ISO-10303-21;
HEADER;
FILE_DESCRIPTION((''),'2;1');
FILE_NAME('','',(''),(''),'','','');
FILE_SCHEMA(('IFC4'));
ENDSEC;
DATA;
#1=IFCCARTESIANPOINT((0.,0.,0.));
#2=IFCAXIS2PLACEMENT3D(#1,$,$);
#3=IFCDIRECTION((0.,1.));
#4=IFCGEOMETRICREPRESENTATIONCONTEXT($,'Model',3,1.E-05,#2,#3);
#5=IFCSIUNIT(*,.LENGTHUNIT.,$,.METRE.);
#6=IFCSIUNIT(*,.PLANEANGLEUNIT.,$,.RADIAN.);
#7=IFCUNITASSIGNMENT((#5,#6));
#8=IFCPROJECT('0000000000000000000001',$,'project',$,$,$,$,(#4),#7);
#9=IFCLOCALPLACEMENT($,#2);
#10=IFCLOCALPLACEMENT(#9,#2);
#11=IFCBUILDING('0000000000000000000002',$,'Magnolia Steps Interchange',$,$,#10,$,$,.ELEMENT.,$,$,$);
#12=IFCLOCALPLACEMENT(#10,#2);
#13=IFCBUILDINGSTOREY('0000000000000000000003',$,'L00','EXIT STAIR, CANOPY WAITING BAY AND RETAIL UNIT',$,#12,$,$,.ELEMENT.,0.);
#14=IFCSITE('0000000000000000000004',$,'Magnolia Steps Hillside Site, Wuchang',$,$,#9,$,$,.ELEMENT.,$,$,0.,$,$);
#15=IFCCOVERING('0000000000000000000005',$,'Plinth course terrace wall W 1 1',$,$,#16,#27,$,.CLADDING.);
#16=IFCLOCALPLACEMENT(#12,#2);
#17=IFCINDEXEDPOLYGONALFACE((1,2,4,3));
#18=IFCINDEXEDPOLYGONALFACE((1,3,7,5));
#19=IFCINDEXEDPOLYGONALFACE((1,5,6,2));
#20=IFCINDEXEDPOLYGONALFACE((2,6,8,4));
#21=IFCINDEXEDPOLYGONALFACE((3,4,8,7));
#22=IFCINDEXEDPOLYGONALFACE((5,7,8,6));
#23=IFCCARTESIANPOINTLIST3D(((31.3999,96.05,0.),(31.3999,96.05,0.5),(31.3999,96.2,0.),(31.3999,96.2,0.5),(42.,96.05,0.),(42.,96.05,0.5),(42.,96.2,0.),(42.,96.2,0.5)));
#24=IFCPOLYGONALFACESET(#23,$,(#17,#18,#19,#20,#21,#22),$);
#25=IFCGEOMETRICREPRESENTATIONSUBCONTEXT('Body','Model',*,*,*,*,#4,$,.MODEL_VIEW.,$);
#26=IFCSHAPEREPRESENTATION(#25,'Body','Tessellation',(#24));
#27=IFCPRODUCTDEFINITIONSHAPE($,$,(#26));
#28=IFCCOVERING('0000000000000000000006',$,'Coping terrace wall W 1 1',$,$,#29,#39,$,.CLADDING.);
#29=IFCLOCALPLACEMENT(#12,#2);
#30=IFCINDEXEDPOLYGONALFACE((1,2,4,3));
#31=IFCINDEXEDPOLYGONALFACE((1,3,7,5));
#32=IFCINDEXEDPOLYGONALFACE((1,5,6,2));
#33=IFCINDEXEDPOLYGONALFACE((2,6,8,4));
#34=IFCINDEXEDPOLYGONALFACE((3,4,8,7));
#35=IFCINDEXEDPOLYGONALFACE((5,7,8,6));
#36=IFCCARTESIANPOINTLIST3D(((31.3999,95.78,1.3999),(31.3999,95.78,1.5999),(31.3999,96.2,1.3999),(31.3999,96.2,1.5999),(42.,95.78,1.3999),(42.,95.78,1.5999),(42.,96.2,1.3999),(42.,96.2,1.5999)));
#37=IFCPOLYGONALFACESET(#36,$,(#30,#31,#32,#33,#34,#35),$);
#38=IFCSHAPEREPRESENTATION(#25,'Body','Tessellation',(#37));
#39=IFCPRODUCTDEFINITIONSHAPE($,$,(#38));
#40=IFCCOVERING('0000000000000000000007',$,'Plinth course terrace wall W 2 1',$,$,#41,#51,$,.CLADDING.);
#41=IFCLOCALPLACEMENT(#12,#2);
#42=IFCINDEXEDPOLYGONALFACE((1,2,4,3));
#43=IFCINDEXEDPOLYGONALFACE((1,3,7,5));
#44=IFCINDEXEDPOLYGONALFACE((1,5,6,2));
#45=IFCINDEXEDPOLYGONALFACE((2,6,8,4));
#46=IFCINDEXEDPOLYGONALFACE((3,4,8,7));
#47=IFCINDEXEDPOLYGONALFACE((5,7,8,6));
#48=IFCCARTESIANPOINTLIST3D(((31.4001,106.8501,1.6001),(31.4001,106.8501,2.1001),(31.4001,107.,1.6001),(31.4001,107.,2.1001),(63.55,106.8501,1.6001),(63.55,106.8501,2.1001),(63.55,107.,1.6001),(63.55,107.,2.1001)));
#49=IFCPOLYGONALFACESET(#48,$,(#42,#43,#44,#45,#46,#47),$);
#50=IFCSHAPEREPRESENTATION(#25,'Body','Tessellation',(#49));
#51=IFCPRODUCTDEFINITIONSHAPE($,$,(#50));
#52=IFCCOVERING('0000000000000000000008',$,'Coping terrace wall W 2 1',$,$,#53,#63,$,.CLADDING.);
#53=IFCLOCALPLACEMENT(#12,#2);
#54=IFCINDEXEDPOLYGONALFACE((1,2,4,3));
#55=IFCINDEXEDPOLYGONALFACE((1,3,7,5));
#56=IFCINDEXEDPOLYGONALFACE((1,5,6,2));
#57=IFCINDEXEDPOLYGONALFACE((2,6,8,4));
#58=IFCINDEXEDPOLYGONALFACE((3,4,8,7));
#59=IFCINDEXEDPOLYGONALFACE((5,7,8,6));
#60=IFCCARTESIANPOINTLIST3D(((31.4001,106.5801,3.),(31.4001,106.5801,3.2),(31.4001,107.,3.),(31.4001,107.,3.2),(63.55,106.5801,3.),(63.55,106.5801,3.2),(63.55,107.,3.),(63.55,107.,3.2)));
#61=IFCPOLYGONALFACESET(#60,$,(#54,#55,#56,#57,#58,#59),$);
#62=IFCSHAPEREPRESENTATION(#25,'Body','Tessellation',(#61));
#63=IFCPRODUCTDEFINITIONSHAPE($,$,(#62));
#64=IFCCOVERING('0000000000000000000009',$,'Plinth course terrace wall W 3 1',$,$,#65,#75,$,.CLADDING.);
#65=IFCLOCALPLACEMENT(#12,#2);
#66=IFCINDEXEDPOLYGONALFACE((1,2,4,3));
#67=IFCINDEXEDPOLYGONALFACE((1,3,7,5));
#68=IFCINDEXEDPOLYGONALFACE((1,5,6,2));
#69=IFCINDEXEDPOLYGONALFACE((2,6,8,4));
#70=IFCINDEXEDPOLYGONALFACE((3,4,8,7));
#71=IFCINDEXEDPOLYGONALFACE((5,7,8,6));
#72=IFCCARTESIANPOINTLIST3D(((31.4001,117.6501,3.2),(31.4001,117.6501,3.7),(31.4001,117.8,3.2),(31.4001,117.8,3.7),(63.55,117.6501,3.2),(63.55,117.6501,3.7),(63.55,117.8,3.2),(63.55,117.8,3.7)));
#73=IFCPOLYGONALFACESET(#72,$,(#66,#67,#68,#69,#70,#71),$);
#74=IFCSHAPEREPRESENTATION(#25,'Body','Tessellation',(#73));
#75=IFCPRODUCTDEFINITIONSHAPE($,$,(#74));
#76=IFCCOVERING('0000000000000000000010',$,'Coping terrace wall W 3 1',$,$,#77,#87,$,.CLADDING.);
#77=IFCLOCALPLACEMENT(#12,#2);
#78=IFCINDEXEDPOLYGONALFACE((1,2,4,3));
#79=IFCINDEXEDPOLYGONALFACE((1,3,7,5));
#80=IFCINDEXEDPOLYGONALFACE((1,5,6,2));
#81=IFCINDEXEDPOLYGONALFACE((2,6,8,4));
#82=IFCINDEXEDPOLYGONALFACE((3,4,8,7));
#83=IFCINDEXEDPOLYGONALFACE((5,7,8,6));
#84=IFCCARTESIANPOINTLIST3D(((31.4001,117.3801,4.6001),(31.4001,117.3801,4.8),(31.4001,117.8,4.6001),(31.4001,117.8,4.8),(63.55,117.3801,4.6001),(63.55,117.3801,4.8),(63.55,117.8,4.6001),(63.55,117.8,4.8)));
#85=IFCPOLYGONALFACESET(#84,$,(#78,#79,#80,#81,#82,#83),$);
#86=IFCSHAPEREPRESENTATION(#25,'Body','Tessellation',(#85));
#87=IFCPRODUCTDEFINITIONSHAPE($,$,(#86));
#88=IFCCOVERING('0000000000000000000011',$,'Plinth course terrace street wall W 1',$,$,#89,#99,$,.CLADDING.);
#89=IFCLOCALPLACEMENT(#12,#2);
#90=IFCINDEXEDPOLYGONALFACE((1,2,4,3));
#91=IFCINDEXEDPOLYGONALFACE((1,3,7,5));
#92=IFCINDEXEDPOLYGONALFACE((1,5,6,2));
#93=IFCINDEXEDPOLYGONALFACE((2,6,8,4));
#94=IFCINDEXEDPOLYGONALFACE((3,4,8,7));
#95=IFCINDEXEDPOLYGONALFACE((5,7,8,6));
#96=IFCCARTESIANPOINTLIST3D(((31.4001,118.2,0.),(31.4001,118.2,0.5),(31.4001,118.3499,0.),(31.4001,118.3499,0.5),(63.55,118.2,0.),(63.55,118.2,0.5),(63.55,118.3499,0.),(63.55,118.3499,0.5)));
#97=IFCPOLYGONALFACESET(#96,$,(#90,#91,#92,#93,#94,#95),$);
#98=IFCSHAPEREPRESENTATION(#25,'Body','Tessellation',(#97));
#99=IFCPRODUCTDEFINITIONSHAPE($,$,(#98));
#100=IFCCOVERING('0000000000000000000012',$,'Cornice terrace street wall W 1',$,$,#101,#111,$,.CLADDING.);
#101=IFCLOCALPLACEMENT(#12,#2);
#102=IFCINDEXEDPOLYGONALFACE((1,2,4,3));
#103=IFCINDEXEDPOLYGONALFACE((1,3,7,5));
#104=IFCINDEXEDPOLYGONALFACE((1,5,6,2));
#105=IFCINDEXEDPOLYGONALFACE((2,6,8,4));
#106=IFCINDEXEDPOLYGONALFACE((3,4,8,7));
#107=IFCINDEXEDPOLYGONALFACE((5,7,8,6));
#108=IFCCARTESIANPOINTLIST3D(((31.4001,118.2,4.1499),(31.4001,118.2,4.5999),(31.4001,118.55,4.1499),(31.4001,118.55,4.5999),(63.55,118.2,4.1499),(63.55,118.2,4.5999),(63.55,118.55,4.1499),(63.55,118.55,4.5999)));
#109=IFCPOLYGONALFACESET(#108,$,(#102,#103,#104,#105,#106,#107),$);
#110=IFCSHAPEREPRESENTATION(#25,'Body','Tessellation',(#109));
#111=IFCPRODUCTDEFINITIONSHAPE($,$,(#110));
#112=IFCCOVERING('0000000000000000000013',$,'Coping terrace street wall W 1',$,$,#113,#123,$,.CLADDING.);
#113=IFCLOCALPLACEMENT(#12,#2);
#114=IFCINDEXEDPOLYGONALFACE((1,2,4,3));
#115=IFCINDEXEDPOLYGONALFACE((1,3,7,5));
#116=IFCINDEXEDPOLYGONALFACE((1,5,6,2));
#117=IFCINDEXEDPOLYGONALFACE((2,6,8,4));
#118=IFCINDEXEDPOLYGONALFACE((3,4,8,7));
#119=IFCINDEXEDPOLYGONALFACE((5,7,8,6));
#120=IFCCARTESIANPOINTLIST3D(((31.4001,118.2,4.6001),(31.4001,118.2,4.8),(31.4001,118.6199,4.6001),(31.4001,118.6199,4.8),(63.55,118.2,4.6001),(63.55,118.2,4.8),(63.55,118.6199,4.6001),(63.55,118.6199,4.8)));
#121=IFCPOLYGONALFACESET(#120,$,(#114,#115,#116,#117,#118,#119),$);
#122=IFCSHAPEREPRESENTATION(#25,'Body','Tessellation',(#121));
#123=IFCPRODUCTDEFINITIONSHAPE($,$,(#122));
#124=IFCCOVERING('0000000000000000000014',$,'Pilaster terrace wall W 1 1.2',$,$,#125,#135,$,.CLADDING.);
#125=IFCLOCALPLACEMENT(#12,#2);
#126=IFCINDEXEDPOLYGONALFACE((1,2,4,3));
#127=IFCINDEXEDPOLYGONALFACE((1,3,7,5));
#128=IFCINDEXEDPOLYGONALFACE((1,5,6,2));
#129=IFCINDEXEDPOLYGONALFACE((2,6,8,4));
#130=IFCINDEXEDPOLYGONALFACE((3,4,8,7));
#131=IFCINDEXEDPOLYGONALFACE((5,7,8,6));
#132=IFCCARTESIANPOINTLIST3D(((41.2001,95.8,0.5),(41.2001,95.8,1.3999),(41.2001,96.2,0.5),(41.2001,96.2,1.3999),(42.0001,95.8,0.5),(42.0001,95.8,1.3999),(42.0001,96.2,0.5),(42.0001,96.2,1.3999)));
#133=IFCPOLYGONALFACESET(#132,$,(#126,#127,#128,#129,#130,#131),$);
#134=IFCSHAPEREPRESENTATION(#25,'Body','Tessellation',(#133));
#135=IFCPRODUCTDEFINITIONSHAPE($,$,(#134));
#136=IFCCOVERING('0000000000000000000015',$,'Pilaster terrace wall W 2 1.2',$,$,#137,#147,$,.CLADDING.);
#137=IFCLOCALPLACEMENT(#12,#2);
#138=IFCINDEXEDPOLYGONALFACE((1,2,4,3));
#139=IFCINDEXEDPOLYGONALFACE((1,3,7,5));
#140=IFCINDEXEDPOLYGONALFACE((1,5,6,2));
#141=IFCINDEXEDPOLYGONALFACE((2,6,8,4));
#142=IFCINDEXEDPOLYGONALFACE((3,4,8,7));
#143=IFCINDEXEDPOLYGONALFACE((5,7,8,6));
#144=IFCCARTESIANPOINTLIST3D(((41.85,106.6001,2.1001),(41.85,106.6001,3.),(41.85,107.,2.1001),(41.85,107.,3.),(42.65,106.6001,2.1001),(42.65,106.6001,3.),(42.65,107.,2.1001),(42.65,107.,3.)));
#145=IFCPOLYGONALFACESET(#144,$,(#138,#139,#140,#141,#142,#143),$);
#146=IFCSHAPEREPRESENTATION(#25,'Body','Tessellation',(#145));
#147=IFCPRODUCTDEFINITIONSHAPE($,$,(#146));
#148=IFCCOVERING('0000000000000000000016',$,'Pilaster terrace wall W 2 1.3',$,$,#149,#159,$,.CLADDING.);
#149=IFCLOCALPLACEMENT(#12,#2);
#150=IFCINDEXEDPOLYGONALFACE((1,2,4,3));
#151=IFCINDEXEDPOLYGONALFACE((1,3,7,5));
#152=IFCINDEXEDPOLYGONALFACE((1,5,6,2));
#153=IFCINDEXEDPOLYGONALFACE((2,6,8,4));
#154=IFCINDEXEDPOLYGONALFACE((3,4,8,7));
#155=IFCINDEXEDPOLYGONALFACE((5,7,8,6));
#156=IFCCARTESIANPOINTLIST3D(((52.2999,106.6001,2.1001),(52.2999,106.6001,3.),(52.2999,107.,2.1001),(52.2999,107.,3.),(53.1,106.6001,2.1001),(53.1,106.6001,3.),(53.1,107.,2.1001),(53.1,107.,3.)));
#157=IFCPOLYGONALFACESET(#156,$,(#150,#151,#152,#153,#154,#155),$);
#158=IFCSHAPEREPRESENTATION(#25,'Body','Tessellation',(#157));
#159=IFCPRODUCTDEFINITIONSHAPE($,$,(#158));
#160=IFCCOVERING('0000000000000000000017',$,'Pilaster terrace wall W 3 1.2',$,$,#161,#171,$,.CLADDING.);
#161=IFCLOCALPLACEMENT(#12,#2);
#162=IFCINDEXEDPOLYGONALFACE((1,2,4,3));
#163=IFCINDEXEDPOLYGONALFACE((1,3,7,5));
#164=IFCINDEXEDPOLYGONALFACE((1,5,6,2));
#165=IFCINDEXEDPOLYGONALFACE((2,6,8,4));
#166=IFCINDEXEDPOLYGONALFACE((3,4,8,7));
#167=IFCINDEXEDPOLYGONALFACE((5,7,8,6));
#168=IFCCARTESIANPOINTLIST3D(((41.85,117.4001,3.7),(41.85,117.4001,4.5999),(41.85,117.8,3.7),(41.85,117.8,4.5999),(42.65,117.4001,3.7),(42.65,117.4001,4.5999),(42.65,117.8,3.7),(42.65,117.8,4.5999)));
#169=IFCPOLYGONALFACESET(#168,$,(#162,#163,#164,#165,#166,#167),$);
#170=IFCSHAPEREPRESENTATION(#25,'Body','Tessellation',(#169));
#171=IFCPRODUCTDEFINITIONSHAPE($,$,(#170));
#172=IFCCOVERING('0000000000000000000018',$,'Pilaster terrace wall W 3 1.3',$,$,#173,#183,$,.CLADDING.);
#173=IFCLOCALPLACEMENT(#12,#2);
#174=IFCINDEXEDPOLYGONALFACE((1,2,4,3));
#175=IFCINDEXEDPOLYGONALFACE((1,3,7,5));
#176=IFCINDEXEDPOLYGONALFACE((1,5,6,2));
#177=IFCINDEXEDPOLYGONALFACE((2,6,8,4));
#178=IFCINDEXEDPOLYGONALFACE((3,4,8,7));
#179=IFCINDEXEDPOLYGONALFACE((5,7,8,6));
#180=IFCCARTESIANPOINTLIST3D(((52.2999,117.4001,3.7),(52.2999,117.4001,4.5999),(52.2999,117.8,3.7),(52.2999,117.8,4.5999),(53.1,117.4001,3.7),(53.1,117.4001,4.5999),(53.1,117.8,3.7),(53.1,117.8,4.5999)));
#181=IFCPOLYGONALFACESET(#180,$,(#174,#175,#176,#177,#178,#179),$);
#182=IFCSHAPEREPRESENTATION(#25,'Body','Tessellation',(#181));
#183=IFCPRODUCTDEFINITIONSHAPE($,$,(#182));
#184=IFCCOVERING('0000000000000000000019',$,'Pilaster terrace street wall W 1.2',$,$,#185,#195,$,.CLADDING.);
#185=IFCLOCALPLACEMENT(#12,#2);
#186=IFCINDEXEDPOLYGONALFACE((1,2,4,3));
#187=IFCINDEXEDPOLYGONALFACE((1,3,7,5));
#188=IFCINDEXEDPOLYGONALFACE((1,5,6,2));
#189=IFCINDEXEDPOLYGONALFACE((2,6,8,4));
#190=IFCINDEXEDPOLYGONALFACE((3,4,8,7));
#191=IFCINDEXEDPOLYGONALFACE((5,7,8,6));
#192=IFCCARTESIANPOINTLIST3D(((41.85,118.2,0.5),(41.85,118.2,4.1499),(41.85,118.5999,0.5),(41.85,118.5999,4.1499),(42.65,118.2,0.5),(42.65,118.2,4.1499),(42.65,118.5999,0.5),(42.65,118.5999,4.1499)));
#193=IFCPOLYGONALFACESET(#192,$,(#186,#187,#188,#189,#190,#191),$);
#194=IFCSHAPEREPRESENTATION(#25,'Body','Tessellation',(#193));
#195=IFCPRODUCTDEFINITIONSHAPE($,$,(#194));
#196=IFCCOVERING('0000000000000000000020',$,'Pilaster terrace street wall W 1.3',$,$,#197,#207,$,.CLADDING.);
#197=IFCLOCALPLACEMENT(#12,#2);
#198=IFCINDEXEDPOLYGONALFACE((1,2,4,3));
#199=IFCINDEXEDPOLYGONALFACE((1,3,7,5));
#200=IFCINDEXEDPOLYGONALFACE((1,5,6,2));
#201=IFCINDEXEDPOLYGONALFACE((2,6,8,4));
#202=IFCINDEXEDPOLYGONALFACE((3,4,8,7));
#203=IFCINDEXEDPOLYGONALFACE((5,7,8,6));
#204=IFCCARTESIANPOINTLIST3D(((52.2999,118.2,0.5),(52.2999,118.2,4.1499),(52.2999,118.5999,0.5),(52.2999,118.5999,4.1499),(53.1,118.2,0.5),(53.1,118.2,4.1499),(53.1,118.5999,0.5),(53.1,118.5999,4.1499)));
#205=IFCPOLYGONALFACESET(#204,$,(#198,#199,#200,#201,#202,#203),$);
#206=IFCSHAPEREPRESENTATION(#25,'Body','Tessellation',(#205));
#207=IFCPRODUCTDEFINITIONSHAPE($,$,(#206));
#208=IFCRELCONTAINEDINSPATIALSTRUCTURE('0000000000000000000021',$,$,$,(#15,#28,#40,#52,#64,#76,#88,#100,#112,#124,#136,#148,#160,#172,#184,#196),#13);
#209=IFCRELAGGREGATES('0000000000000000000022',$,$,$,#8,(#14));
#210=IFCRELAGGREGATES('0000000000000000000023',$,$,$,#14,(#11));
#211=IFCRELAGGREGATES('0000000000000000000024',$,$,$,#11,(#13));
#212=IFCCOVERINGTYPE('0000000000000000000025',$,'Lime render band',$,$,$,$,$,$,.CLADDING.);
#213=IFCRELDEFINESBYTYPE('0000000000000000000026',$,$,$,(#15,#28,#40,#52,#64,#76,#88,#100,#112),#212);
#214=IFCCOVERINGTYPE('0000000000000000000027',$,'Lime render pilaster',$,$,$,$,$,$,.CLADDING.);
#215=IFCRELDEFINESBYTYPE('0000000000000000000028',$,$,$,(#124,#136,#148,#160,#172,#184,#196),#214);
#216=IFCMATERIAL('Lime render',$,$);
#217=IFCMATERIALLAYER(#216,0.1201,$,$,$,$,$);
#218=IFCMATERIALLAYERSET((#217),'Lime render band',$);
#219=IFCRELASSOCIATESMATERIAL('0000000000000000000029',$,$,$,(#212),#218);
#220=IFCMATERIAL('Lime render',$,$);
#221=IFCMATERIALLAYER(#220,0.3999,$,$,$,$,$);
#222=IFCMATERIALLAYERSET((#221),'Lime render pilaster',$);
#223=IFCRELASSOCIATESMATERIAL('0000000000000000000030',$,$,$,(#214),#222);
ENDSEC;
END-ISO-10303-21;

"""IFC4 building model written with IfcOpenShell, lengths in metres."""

from ifc_helpers import new_model, si_unit, direction, frame, origin, origin_2d, place, context, subcontext, project, spatial, rectangle, extrude, material, layer, layer_set, type_object, element, save


model = new_model("IFC4")

# Units and contexts
model_context = context("Model", 3, precision=1e-05, world=origin(), true_north=direction((0.0, 1.0)))
body_context = subcontext(model_context, "Body", "Model", "MODEL_VIEW")
ifc_project = project(units=[si_unit("LENGTHUNIT", "METRE"), si_unit("PLANEANGLEUNIT", "RADIAN")], contexts=[model_context])

# Site, building, storey
site_placement = place(None, origin())
site = spatial("IfcSite", under=ifc_project, at=site_placement, Name="Magnolia Steps Hillside Site, Wuchang", CompositionType="ELEMENT", RefElevation=0.0)
building_placement = place(site_placement, origin())
building = spatial("IfcBuilding", under=site, at=building_placement, Name="Magnolia Steps Interchange", CompositionType="ELEMENT")
storey_placement = place(building_placement, origin())
storey = spatial("IfcBuildingStorey", under=building, at=storey_placement, Name="L00", Description="EXIT STAIR, CANOPY WAITING BAY AND RETAIL UNIT", CompositionType="ELEMENT", Elevation=0.0)

# Coverings
ifc_material_1 = material(Name="Lime render")
ifc_layer_1 = layer(ifc_material_1, 0.1201)
ifc_layer_set_1 = layer_set([ifc_layer_1], Name="Lime render band")
covering_type_1 = type_object("IfcCoveringType", Name="Lime render band", PredefinedType="CLADDING", material=ifc_layer_set_1)
covering_1_placement = place(storey_placement, frame((36.7, 96.125, 0.0), z_axis=(0.0, 0.0, 1.0), x_axis=(1.0, 0.0, 0.0)))
element("IfcCovering", 1, at=covering_1_placement, inside=storey, type_object=covering_type_1, Name="Plinth course terrace wall W 1 1", PredefinedType="CLADDING", context=body_context, shape_type="SweptSolid", body=[
    extrude(rectangle(XDim=10.6001, YDim=0.1499, at=origin_2d()), origin(), (0.0, 0.0, 1.0), 0.5),
])
covering_2_placement = place(storey_placement, frame((36.7, 95.99, 1.3999), z_axis=(0.0, 0.0, 1.0), x_axis=(1.0, 0.0, 0.0)))
element("IfcCovering", 2, at=covering_2_placement, inside=storey, type_object=covering_type_1, Name="Coping terrace wall W 1 1", PredefinedType="CLADDING", context=body_context, shape_type="SweptSolid", body=[
    extrude(rectangle(XDim=10.6001, YDim=0.4199, at=origin_2d()), origin(), (0.0, 0.0, 1.0), 0.2),
])
covering_3_placement = place(storey_placement, frame((47.4751, 106.925, 1.6001), z_axis=(0.0, 0.0, 1.0), x_axis=(1.0, 0.0, 0.0)))
element("IfcCovering", 3, at=covering_3_placement, inside=storey, type_object=covering_type_1, Name="Plinth course terrace wall W 2 1", PredefinedType="CLADDING", context=body_context, shape_type="SweptSolid", body=[
    extrude(rectangle(XDim=32.1499, YDim=0.1499, at=origin_2d()), origin(), (0.0, 0.0, 1.0), 0.5),
])
covering_4_placement = place(storey_placement, frame((47.4751, 106.79, 3.0), z_axis=(0.0, 0.0, 1.0), x_axis=(1.0, 0.0, 0.0)))
element("IfcCovering", 4, at=covering_4_placement, inside=storey, type_object=covering_type_1, Name="Coping terrace wall W 2 1", PredefinedType="CLADDING", context=body_context, shape_type="SweptSolid", body=[
    extrude(rectangle(XDim=32.1499, YDim=0.4199, at=origin_2d()), origin(), (0.0, 0.0, 1.0), 0.2),
])
covering_5_placement = place(storey_placement, frame((47.4751, 117.7251, 3.2), z_axis=(0.0, 0.0, 1.0), x_axis=(1.0, 0.0, 0.0)))
element("IfcCovering", 5, at=covering_5_placement, inside=storey, type_object=covering_type_1, Name="Plinth course terrace wall W 3 1", PredefinedType="CLADDING", context=body_context, shape_type="SweptSolid", body=[
    extrude(rectangle(XDim=32.1499, YDim=0.1499, at=origin_2d()), origin(), (0.0, 0.0, 1.0), 0.5),
])
covering_6_placement = place(storey_placement, frame((47.4751, 117.5901, 4.6001), z_axis=(0.0, 0.0, 1.0), x_axis=(1.0, 0.0, 0.0)))
element("IfcCovering", 6, at=covering_6_placement, inside=storey, type_object=covering_type_1, Name="Coping terrace wall W 3 1", PredefinedType="CLADDING", context=body_context, shape_type="SweptSolid", body=[
    extrude(rectangle(XDim=32.1499, YDim=0.4199, at=origin_2d()), origin(), (0.0, 0.0, 1.0), 0.2),
])
covering_7_placement = place(storey_placement, frame((47.4751, 118.2749, 0.0), z_axis=(0.0, 0.0, 1.0), x_axis=(1.0, 0.0, 0.0)))
element("IfcCovering", 7, at=covering_7_placement, inside=storey, type_object=covering_type_1, Name="Plinth course terrace street wall W 1", PredefinedType="CLADDING", context=body_context, shape_type="SweptSolid", body=[
    extrude(rectangle(XDim=32.1499, YDim=0.1499, at=origin_2d()), origin(), (0.0, 0.0, 1.0), 0.5),
])
covering_8_placement = place(storey_placement, frame((47.4751, 118.375, 4.1499), z_axis=(0.0, 0.0, 1.0), x_axis=(1.0, 0.0, 0.0)))
element("IfcCovering", 8, at=covering_8_placement, inside=storey, type_object=covering_type_1, Name="Cornice terrace street wall W 1", PredefinedType="CLADDING", context=body_context, shape_type="SweptSolid", body=[
    extrude(rectangle(XDim=32.1499, YDim=0.3501, at=origin_2d()), origin(), (0.0, 0.0, 1.0), 0.45),
])
covering_9_placement = place(storey_placement, frame((47.4751, 118.4099, 4.6001), z_axis=(0.0, 0.0, 1.0), x_axis=(1.0, 0.0, 0.0)))
element("IfcCovering", 9, at=covering_9_placement, inside=storey, type_object=covering_type_1, Name="Coping terrace street wall W 1", PredefinedType="CLADDING", context=body_context, shape_type="SweptSolid", body=[
    extrude(rectangle(XDim=32.1499, YDim=0.4199, at=origin_2d()), origin(), (0.0, 0.0, 1.0), 0.2),
])
ifc_material_2 = material(Name="Lime render")
ifc_layer_2 = layer(ifc_material_2, 0.3999)
ifc_layer_set_2 = layer_set([ifc_layer_2], Name="Lime render pilaster")
covering_type_2 = type_object("IfcCoveringType", Name="Lime render pilaster", PredefinedType="CLADDING", material=ifc_layer_set_2)
for number, where, z_axis, x_axis, name in (
    (10, (41.6001, 96.0, 0.5), (0.0, 0.0, 1.0), (1.0, 0.0, 0.0), "Pilaster terrace wall W 1 1.2"),
    (11, (42.25, 106.8, 2.1001), (0.0, 0.0, 1.0), (1.0, 0.0, 0.0), "Pilaster terrace wall W 2 1.2"),
    (12, (52.7, 106.8, 2.1001), (0.0, 0.0, 1.0), (1.0, 0.0, 0.0), "Pilaster terrace wall W 2 1.3"),
    (13, (42.25, 117.6001, 3.7), (0.0, 0.0, 1.0), (1.0, 0.0, 0.0), "Pilaster terrace wall W 3 1.2"),
    (14, (52.7, 117.6001, 3.7), (0.0, 0.0, 1.0), (1.0, 0.0, 0.0), "Pilaster terrace wall W 3 1.3"),
):
    element("IfcCovering", number, at=place(storey_placement, frame(where, z_axis=z_axis, x_axis=x_axis)), inside=storey, type_object=covering_type_2, Name=name, PredefinedType="CLADDING", context=body_context, shape_type="SweptSolid", body=[
        extrude(rectangle(XDim=0.8, YDim=0.3999, at=origin_2d()), origin(), (0.0, 0.0, 1.0), 0.8999),
    ])
for number, where, z_axis, x_axis, name in (
    (15, (42.25, 118.3999, 0.5), (0.0, 0.0, 1.0), (1.0, 0.0, 0.0), "Pilaster terrace street wall W 1.2"),
    (16, (52.7, 118.3999, 0.5), (0.0, 0.0, 1.0), (1.0, 0.0, 0.0), "Pilaster terrace street wall W 1.3"),
):
    element("IfcCovering", number, at=place(storey_placement, frame(where, z_axis=z_axis, x_axis=x_axis)), inside=storey, type_object=covering_type_2, Name=name, PredefinedType="CLADDING", context=body_context, shape_type="SweptSolid", body=[
        extrude(rectangle(XDim=0.8, YDim=0.3999, at=origin_2d()), origin(), (0.0, 0.0, 1.0), 3.6499),
    ])

save(model, "model.ifc")
